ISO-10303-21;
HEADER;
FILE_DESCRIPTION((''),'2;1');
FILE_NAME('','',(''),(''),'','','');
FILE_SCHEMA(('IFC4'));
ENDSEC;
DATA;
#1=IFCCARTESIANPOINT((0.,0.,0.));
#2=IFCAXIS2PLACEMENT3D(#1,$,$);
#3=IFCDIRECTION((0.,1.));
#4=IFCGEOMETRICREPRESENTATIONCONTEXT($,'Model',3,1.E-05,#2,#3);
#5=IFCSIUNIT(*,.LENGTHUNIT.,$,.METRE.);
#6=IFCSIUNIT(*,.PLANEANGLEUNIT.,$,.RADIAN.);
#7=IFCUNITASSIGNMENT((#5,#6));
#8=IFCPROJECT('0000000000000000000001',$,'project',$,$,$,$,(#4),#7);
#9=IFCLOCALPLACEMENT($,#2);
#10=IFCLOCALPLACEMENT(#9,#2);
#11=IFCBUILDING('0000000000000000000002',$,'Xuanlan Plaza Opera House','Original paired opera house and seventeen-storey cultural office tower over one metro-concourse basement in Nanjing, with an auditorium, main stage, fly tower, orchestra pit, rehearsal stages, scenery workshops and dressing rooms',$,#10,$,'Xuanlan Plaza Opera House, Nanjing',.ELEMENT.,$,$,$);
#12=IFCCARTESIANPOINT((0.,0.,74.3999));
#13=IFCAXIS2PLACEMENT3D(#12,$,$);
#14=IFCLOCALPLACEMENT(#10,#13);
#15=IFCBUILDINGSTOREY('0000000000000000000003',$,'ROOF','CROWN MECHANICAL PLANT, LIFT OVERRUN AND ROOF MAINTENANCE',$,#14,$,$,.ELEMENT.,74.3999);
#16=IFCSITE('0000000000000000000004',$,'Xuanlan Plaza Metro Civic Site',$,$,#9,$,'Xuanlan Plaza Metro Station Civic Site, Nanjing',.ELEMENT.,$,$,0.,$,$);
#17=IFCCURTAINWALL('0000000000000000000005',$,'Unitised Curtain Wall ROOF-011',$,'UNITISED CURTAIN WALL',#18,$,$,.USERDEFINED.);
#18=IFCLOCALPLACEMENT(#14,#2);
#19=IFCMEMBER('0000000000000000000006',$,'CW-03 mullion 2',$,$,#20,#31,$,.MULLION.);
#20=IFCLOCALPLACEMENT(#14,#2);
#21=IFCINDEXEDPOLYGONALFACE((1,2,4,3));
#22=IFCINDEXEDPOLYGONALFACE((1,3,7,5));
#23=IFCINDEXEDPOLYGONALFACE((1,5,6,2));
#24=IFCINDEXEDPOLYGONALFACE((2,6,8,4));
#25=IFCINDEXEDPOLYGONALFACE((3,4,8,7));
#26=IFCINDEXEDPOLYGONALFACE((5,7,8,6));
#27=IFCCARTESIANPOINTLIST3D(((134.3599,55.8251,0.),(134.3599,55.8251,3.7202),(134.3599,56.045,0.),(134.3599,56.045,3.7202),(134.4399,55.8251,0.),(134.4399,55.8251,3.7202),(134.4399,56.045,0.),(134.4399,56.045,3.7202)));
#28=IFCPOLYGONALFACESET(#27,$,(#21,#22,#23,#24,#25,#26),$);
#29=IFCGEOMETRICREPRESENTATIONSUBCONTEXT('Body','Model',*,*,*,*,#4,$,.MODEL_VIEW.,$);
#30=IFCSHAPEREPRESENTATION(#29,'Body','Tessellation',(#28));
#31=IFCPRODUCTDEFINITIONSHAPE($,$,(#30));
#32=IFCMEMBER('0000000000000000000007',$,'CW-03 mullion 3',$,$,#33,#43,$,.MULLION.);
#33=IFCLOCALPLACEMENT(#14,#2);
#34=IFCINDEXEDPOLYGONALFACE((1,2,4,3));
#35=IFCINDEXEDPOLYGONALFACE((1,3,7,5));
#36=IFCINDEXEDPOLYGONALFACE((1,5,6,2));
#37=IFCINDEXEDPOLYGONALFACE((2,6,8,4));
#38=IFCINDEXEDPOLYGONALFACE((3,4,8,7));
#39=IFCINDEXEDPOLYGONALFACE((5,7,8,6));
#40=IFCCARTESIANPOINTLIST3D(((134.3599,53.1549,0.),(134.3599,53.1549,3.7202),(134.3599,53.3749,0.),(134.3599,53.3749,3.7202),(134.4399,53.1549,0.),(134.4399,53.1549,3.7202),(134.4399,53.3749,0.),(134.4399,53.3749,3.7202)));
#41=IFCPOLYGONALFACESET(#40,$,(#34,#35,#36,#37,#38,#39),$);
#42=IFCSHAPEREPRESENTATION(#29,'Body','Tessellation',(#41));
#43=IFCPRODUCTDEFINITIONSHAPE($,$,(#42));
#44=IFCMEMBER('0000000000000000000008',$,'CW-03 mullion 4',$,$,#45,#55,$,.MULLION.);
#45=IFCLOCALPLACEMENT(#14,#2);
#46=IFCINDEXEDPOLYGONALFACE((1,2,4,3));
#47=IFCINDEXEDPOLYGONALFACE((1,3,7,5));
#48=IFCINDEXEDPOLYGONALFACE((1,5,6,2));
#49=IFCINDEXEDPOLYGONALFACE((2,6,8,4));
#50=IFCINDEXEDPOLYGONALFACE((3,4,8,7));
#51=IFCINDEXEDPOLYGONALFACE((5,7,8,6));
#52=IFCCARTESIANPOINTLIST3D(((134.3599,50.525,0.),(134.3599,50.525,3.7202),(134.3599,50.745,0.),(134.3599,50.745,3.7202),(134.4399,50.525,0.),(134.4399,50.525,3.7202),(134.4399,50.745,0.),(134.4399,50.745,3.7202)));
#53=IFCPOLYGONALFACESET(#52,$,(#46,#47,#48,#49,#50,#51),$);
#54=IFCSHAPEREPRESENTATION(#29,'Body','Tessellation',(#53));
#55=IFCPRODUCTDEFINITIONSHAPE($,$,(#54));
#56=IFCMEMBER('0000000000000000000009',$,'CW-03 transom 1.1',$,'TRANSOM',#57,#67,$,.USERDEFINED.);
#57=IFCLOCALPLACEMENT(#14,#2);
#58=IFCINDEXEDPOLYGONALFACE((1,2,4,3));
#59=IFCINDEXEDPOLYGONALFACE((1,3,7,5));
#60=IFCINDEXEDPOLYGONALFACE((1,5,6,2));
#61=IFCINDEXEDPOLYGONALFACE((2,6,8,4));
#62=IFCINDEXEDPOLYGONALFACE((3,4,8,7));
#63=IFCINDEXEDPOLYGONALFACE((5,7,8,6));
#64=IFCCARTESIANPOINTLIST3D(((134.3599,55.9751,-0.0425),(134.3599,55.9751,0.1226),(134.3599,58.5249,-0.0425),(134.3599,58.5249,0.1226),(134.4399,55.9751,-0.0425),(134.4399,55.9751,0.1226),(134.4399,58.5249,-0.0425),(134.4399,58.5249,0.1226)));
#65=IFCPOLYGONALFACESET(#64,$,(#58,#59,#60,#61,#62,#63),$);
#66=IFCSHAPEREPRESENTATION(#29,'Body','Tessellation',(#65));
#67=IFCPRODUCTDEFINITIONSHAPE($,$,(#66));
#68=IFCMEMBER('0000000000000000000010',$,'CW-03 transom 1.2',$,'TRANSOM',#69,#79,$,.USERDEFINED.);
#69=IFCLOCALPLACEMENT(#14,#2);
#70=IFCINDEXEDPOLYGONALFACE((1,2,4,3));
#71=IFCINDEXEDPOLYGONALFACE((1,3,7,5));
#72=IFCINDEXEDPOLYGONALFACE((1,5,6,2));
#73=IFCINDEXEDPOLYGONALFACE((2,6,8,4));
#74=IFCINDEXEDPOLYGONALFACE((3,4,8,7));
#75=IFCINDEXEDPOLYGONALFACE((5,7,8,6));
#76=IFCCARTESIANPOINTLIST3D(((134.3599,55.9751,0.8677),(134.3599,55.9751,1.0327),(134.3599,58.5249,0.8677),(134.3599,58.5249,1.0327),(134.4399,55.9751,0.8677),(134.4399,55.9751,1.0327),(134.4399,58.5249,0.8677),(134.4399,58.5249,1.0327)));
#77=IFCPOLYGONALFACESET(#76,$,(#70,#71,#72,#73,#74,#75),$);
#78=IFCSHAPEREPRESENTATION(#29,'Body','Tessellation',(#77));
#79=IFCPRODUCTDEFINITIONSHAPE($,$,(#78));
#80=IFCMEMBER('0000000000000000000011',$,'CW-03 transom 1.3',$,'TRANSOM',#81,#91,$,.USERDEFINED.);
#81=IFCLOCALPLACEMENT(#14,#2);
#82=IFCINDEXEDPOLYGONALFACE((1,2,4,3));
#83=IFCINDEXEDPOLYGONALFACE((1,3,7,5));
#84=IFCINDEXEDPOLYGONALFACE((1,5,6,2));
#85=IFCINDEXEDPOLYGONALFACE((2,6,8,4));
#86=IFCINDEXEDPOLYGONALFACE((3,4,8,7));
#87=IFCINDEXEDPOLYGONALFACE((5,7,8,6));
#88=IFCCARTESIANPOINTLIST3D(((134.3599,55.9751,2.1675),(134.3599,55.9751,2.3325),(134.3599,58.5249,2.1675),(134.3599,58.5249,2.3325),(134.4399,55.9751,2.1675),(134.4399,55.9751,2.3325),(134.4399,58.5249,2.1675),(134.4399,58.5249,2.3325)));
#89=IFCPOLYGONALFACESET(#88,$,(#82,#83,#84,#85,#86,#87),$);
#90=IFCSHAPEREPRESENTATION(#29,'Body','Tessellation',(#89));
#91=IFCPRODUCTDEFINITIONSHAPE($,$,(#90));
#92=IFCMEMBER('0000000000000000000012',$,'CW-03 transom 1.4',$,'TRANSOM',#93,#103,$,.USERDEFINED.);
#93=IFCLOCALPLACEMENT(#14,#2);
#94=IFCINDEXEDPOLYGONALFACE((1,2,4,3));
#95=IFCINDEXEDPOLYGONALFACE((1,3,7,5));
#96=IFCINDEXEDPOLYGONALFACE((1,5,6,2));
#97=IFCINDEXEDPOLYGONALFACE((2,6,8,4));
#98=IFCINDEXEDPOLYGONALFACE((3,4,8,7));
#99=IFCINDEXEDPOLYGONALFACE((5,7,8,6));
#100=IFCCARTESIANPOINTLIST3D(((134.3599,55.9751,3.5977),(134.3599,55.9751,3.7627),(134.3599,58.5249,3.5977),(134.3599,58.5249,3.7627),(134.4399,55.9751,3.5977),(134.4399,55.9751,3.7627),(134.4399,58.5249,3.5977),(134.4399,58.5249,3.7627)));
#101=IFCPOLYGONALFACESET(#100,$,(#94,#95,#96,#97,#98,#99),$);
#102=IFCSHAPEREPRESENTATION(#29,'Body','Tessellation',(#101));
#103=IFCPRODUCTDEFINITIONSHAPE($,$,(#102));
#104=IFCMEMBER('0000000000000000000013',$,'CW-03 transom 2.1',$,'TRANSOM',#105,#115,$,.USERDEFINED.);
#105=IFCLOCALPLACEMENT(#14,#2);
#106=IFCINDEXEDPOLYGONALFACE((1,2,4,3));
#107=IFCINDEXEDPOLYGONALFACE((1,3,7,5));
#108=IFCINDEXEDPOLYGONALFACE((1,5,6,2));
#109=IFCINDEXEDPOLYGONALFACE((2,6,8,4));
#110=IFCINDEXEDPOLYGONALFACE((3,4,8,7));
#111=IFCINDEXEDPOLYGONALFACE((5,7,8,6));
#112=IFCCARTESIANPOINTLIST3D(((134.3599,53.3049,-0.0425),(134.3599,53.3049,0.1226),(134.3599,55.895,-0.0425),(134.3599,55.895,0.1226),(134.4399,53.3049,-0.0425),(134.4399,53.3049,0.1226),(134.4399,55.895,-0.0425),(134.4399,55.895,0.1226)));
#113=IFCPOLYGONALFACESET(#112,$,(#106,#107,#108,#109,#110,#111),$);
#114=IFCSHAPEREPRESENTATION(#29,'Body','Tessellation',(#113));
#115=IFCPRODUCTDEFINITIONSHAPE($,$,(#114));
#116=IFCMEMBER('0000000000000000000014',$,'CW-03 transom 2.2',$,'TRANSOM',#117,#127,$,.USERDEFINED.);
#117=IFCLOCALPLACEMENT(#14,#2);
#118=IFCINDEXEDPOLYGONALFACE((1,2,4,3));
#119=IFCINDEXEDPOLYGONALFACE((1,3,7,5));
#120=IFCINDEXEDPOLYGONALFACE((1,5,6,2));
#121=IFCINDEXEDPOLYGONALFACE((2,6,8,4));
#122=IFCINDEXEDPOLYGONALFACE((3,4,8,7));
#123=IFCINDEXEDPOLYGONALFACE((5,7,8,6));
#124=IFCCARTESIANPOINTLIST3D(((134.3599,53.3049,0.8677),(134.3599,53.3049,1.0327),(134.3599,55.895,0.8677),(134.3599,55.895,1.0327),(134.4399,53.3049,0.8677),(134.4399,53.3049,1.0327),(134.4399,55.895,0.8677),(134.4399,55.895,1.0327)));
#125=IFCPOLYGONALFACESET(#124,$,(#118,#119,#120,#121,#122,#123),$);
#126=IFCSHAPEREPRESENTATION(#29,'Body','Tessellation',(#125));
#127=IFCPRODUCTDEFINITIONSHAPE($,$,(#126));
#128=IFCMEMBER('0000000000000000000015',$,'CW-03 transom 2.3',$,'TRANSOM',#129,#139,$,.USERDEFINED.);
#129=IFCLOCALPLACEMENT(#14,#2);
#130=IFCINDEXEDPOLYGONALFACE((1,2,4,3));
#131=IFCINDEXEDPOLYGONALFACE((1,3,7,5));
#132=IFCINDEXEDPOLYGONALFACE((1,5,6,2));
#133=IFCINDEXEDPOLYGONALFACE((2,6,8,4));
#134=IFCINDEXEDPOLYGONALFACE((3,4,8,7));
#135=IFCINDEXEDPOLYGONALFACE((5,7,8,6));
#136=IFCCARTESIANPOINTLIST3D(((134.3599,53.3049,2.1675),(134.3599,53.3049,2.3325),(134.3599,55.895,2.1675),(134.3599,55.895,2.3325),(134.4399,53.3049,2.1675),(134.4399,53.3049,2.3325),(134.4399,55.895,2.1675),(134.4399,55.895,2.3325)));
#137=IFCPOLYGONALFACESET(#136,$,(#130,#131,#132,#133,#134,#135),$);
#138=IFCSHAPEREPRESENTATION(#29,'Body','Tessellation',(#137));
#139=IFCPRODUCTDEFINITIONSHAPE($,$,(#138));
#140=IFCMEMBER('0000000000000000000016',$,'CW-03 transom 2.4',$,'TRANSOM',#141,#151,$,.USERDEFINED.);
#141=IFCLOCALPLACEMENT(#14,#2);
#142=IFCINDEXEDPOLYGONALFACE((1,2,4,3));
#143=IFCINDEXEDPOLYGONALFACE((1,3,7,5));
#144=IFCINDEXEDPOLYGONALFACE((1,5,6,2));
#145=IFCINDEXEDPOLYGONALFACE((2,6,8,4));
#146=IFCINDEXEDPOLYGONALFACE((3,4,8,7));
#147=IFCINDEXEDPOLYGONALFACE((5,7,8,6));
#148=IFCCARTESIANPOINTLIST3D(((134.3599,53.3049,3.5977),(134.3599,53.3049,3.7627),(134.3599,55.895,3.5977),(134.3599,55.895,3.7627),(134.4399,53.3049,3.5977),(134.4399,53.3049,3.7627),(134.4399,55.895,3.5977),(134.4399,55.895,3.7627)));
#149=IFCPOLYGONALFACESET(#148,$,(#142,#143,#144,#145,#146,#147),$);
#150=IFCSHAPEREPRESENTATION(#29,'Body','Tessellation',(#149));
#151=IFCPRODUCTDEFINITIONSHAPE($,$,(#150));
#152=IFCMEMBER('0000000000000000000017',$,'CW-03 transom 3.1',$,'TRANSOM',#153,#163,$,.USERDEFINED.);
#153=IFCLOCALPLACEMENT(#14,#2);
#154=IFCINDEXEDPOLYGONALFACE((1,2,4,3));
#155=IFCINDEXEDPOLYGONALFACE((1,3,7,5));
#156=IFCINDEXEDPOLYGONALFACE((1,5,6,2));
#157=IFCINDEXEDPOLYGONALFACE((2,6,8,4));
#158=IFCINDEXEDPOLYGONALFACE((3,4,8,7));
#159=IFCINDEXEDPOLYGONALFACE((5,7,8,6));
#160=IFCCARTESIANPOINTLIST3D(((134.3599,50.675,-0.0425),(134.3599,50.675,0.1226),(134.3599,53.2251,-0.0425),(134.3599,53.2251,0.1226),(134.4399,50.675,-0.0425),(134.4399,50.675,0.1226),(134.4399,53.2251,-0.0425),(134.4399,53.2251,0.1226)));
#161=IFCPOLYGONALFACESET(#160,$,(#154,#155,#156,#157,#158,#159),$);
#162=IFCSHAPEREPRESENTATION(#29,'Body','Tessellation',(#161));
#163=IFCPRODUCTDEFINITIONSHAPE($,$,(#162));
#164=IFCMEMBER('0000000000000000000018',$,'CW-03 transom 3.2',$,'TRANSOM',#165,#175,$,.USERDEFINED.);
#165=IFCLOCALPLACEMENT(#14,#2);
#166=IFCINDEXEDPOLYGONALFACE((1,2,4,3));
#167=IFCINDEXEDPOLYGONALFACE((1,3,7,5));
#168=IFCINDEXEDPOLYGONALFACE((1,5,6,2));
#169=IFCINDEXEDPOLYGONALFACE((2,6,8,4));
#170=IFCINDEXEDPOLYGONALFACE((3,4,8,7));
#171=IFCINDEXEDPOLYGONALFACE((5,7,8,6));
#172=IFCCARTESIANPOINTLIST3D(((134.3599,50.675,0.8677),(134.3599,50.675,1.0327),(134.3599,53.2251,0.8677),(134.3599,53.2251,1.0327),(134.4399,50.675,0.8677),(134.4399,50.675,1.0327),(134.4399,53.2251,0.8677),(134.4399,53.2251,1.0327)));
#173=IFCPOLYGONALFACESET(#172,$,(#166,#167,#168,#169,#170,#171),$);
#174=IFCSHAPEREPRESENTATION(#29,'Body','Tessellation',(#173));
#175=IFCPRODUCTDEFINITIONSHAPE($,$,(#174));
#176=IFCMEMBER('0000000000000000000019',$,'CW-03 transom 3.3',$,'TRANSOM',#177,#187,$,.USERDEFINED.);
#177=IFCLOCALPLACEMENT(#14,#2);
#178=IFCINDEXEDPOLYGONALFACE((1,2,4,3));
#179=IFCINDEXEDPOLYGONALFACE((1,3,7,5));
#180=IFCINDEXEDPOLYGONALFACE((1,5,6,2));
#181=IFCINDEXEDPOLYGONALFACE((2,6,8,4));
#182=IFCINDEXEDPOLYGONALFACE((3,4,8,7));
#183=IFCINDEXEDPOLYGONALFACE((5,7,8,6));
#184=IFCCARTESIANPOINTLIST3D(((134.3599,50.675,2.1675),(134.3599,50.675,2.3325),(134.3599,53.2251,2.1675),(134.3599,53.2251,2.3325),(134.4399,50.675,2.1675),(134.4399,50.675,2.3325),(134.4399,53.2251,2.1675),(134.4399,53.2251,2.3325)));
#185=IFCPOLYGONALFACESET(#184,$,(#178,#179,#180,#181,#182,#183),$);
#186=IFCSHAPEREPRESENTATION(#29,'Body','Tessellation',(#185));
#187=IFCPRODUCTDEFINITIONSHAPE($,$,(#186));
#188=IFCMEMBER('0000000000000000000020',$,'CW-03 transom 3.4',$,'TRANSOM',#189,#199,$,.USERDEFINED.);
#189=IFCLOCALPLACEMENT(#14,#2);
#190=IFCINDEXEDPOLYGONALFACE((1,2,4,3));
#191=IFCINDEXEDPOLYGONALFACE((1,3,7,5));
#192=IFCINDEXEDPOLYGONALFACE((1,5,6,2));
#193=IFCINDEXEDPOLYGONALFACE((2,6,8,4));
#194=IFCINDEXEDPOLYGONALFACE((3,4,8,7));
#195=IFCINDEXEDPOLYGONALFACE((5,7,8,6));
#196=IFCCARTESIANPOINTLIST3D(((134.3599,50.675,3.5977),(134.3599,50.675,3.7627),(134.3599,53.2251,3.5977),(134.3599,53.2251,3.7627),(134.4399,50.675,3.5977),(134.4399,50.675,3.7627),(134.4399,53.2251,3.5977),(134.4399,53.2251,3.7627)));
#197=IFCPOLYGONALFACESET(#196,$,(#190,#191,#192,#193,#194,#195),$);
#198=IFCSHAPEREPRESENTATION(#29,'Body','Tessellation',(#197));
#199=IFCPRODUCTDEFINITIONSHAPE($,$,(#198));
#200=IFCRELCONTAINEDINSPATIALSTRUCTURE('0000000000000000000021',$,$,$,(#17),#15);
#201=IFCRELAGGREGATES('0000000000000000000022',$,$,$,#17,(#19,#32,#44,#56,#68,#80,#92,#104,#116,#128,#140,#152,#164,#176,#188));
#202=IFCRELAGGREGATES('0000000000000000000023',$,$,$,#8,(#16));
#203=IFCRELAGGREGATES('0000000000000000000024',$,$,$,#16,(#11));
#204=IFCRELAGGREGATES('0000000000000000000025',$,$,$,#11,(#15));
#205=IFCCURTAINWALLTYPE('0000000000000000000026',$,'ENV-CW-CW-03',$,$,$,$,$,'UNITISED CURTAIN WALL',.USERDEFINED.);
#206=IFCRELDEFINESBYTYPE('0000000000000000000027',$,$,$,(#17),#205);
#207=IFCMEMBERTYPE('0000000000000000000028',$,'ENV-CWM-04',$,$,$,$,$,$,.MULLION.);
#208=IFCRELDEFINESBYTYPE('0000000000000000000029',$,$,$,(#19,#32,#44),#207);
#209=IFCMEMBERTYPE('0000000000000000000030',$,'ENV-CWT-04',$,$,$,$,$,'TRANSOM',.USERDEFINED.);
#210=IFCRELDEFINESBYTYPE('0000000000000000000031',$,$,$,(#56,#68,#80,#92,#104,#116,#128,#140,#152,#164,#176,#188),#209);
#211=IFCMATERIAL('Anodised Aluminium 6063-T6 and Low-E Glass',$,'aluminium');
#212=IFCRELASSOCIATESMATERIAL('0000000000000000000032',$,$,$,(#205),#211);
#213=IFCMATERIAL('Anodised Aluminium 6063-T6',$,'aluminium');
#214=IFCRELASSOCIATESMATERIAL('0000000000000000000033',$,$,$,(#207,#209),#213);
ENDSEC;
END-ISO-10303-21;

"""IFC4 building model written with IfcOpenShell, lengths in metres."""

from ifc_helpers import new_model, si_unit, direction, frame, origin, origin_2d, place, context, subcontext, project, spatial, rectangle, extrude, material, material_profile, profile_set, type_object, element, aggregate, save


model = new_model("IFC4")

# Units and contexts
model_context = context("Model", 3, precision=1e-05, world=origin(), true_north=direction((0.0, 1.0)))
body_context = subcontext(model_context, "Body", "Model", "MODEL_VIEW")
ifc_project = project(units=[si_unit("LENGTHUNIT", "METRE"), si_unit("PLANEANGLEUNIT", "RADIAN")], contexts=[model_context])

# Site, building, storey
site_placement = place(None, origin())
site = spatial("IfcSite", under=ifc_project, at=site_placement, Name="Xuanlan Plaza Metro Civic Site", LongName="Xuanlan Plaza Metro Station Civic Site, Nanjing", CompositionType="ELEMENT", RefElevation=0.0)
building_placement = place(site_placement, origin())
building = spatial("IfcBuilding", under=site, at=building_placement, Name="Xuanlan Plaza Opera House", Description="Original paired opera house and seventeen-storey cultural office tower over one metro-concourse basement in Nanjing, with an auditorium, main stage, fly tower, orchestra pit, rehearsal stages, scenery workshops and dressing rooms", LongName="Xuanlan Plaza Opera House, Nanjing", CompositionType="ELEMENT")
storey_placement = place(building_placement, frame((0.0, 0.0, 74.3999)))
storey = spatial("IfcBuildingStorey", under=building, at=storey_placement, Name="ROOF", Description="CROWN MECHANICAL PLANT, LIFT OVERRUN AND ROOF MAINTENANCE", CompositionType="ELEMENT", Elevation=74.3999)

# Curtain wall, members
ifc_material_1 = material(Name="Anodised Aluminium 6063-T6 and Low-E Glass", Category="aluminium")
curtain_wall_type = type_object("IfcCurtainWallType", Name="ENV-CW-CW-03", ElementType="UNITISED CURTAIN WALL", PredefinedType="USERDEFINED", material=ifc_material_1)
curtain_wall_placement = place(storey_placement, origin())
curtain_wall = element("IfcCurtainWall", 1, at=curtain_wall_placement, inside=storey, type_object=curtain_wall_type, Name="Unitised Curtain Wall ROOF-011", ObjectType="UNITISED CURTAIN WALL", PredefinedType="USERDEFINED")
ifc_material_2 = material(Name="Anodised Aluminium 6063-T6", Category="aluminium")
ifc_material_profile_1 = material_profile(ifc_material_2, rectangle(XDim=0.0801, YDim=0.22, at=origin_2d()), Name="ALU-M 80x220")
ifc_profile_set_1 = profile_set([ifc_material_profile_1], Name="Anodised Aluminium 6063-T6")
member_type_1 = type_object("IfcMemberType", Name="ENV-CWM-04", PredefinedType="MULLION", material=ifc_profile_set_1)
member_1_placement = place(storey_placement, frame((134.3999, 55.9351, 0.0), z_axis=(0.0, 0.0, 1.0), x_axis=(1.0, 0.0, 0.0)))
member_1 = element("IfcMember", 2, at=member_1_placement, type_object=member_type_1, Name="CW-03 mullion 2", PredefinedType="MULLION", context=body_context, shape_type="SweptSolid", body=[
    extrude(rectangle(XDim=0.0801, YDim=0.22, at=origin_2d()), origin(), (0.0, 0.0, 1.0), 3.7202),
])
member_2_placement = place(storey_placement, frame((134.3999, 53.2649, 0.0), z_axis=(0.0, 0.0, 1.0), x_axis=(1.0, 0.0, 0.0)))
member_2 = element("IfcMember", 3, at=member_2_placement, type_object=member_type_1, Name="CW-03 mullion 3", PredefinedType="MULLION", context=body_context, shape_type="SweptSolid", body=[
    extrude(rectangle(XDim=0.0801, YDim=0.22, at=origin_2d()), origin(), (0.0, 0.0, 1.0), 3.7202),
])
member_3_placement = place(storey_placement, frame((134.3999, 50.635, 0.0), z_axis=(0.0, 0.0, 1.0), x_axis=(1.0, 0.0, 0.0)))
member_3 = element("IfcMember", 4, at=member_3_placement, type_object=member_type_1, Name="CW-03 mullion 4", PredefinedType="MULLION", context=body_context, shape_type="SweptSolid", body=[
    extrude(rectangle(XDim=0.0801, YDim=0.22, at=origin_2d()), origin(), (0.0, 0.0, 1.0), 3.7202),
])
ifc_material_profile_2 = material_profile(ifc_material_2, rectangle(XDim=0.0801, YDim=0.165, at=origin_2d()), Name="ALU-T 80x165")
ifc_profile_set_2 = profile_set([ifc_material_profile_2], Name="Anodised Aluminium 6063-T6")
member_type_2 = type_object("IfcMemberType", Name="ENV-CWT-04", ElementType="TRANSOM", PredefinedType="USERDEFINED", material=ifc_profile_set_2)
member_4_placement = place(storey_placement, frame((134.3999, 58.5249, 0.04), z_axis=(0.0, -1.0, 0.0), x_axis=(1.0, 0.0, 0.0)))
member_4 = element("IfcMember", 5, at=member_4_placement, type_object=member_type_2, Name="CW-03 transom 1.1", ObjectType="TRANSOM", PredefinedType="USERDEFINED", context=body_context, shape_type="SweptSolid", body=[
    extrude(rectangle(XDim=0.0801, YDim=0.165, at=origin_2d()), origin(), (0.0, 0.0, 1.0), 2.5498),
])
member_5_placement = place(storey_placement, frame((134.3999, 58.5249, 0.9502), z_axis=(0.0, -1.0, 0.0), x_axis=(1.0, 0.0, 0.0)))
member_5 = element("IfcMember", 6, at=member_5_placement, type_object=member_type_2, Name="CW-03 transom 1.2", ObjectType="TRANSOM", PredefinedType="USERDEFINED", context=body_context, shape_type="SweptSolid", body=[
    extrude(rectangle(XDim=0.0801, YDim=0.165, at=origin_2d()), origin(), (0.0, 0.0, 1.0), 2.5498),
])
member_6_placement = place(storey_placement, frame((134.3999, 58.5249, 2.25), z_axis=(0.0, -1.0, 0.0), x_axis=(1.0, 0.0, 0.0)))
member_6 = element("IfcMember", 7, at=member_6_placement, type_object=member_type_2, Name="CW-03 transom 1.3", ObjectType="TRANSOM", PredefinedType="USERDEFINED", context=body_context, shape_type="SweptSolid", body=[
    extrude(rectangle(XDim=0.0801, YDim=0.165, at=origin_2d()), origin(), (0.0, 0.0, 1.0), 2.5498),
])
member_7_placement = place(storey_placement, frame((134.3999, 58.5249, 3.6802), z_axis=(0.0, -1.0, 0.0), x_axis=(1.0, 0.0, 0.0)))
member_7 = element("IfcMember", 8, at=member_7_placement, type_object=member_type_2, Name="CW-03 transom 1.4", ObjectType="TRANSOM", PredefinedType="USERDEFINED", context=body_context, shape_type="SweptSolid", body=[
    extrude(rectangle(XDim=0.0801, YDim=0.165, at=origin_2d()), origin(), (0.0, 0.0, 1.0), 2.5498),
])
member_8_placement = place(storey_placement, frame((134.3999, 55.895, 0.04), z_axis=(0.0, -1.0, 0.0), x_axis=(1.0, 0.0, 0.0)))
member_8 = element("IfcMember", 9, at=member_8_placement, type_object=member_type_2, Name="CW-03 transom 2.1", ObjectType="TRANSOM", PredefinedType="USERDEFINED", context=body_context, shape_type="SweptSolid", body=[
    extrude(rectangle(XDim=0.0801, YDim=0.165, at=origin_2d()), origin(), (0.0, 0.0, 1.0), 2.5901),
])
member_9_placement = place(storey_placement, frame((134.3999, 55.895, 0.9502), z_axis=(0.0, -1.0, 0.0), x_axis=(1.0, 0.0, 0.0)))
member_9 = element("IfcMember", 10, at=member_9_placement, type_object=member_type_2, Name="CW-03 transom 2.2", ObjectType="TRANSOM", PredefinedType="USERDEFINED", context=body_context, shape_type="SweptSolid", body=[
    extrude(rectangle(XDim=0.0801, YDim=0.165, at=origin_2d()), origin(), (0.0, 0.0, 1.0), 2.5901),
])
member_10_placement = place(storey_placement, frame((134.3999, 55.895, 2.25), z_axis=(0.0, -1.0, 0.0), x_axis=(1.0, 0.0, 0.0)))
member_10 = element("IfcMember", 11, at=member_10_placement, type_object=member_type_2, Name="CW-03 transom 2.3", ObjectType="TRANSOM", PredefinedType="USERDEFINED", context=body_context, shape_type="SweptSolid", body=[
    extrude(rectangle(XDim=0.0801, YDim=0.165, at=origin_2d()), origin(), (0.0, 0.0, 1.0), 2.5901),
])
member_11_placement = place(storey_placement, frame((134.3999, 55.895, 3.6802), z_axis=(0.0, -1.0, 0.0), x_axis=(1.0, 0.0, 0.0)))
member_11 = element("IfcMember", 12, at=member_11_placement, type_object=member_type_2, Name="CW-03 transom 2.4", ObjectType="TRANSOM", PredefinedType="USERDEFINED", context=body_context, shape_type="SweptSolid", body=[
    extrude(rectangle(XDim=0.0801, YDim=0.165, at=origin_2d()), origin(), (0.0, 0.0, 1.0), 2.5901),
])
member_12_placement = place(storey_placement, frame((134.3999, 53.2251, 0.04), z_axis=(0.0, -1.0, 0.0), x_axis=(1.0, 0.0, 0.0)))
member_12 = element("IfcMember", 13, at=member_12_placement, type_object=member_type_2, Name="CW-03 transom 3.1", ObjectType="TRANSOM", PredefinedType="USERDEFINED", context=body_context, shape_type="SweptSolid", body=[
    extrude(rectangle(XDim=0.0801, YDim=0.165, at=origin_2d()), origin(), (0.0, 0.0, 1.0), 2.55),
])
member_13_placement = place(storey_placement, frame((134.3999, 53.2251, 0.9502), z_axis=(0.0, -1.0, 0.0), x_axis=(1.0, 0.0, 0.0)))
member_13 = element("IfcMember", 14, at=member_13_placement, type_object=member_type_2, Name="CW-03 transom 3.2", ObjectType="TRANSOM", PredefinedType="USERDEFINED", context=body_context, shape_type="SweptSolid", body=[
    extrude(rectangle(XDim=0.0801, YDim=0.165, at=origin_2d()), origin(), (0.0, 0.0, 1.0), 2.55),
])
member_14_placement = place(storey_placement, frame((134.3999, 53.2251, 2.25), z_axis=(0.0, -1.0, 0.0), x_axis=(1.0, 0.0, 0.0)))
member_14 = element("IfcMember", 15, at=member_14_placement, type_object=member_type_2, Name="CW-03 transom 3.3", ObjectType="TRANSOM", PredefinedType="USERDEFINED", context=body_context, shape_type="SweptSolid", body=[
    extrude(rectangle(XDim=0.0801, YDim=0.165, at=origin_2d()), origin(), (0.0, 0.0, 1.0), 2.55),
])
member_15_placement = place(storey_placement, frame((134.3999, 53.2251, 3.6802), z_axis=(0.0, -1.0, 0.0), x_axis=(1.0, 0.0, 0.0)))
member_15 = element("IfcMember", 16, at=member_15_placement, type_object=member_type_2, Name="CW-03 transom 3.4", ObjectType="TRANSOM", PredefinedType="USERDEFINED", context=body_context, shape_type="SweptSolid", body=[
    extrude(rectangle(XDim=0.0801, YDim=0.165, at=origin_2d()), origin(), (0.0, 0.0, 1.0), 2.55),
])
aggregate(curtain_wall, [member_1, member_2, member_3, member_4, member_5, member_6, member_7, member_8, member_9, member_10, member_11, member_12, member_13, member_14, member_15])

save(model, "model.ifc")
